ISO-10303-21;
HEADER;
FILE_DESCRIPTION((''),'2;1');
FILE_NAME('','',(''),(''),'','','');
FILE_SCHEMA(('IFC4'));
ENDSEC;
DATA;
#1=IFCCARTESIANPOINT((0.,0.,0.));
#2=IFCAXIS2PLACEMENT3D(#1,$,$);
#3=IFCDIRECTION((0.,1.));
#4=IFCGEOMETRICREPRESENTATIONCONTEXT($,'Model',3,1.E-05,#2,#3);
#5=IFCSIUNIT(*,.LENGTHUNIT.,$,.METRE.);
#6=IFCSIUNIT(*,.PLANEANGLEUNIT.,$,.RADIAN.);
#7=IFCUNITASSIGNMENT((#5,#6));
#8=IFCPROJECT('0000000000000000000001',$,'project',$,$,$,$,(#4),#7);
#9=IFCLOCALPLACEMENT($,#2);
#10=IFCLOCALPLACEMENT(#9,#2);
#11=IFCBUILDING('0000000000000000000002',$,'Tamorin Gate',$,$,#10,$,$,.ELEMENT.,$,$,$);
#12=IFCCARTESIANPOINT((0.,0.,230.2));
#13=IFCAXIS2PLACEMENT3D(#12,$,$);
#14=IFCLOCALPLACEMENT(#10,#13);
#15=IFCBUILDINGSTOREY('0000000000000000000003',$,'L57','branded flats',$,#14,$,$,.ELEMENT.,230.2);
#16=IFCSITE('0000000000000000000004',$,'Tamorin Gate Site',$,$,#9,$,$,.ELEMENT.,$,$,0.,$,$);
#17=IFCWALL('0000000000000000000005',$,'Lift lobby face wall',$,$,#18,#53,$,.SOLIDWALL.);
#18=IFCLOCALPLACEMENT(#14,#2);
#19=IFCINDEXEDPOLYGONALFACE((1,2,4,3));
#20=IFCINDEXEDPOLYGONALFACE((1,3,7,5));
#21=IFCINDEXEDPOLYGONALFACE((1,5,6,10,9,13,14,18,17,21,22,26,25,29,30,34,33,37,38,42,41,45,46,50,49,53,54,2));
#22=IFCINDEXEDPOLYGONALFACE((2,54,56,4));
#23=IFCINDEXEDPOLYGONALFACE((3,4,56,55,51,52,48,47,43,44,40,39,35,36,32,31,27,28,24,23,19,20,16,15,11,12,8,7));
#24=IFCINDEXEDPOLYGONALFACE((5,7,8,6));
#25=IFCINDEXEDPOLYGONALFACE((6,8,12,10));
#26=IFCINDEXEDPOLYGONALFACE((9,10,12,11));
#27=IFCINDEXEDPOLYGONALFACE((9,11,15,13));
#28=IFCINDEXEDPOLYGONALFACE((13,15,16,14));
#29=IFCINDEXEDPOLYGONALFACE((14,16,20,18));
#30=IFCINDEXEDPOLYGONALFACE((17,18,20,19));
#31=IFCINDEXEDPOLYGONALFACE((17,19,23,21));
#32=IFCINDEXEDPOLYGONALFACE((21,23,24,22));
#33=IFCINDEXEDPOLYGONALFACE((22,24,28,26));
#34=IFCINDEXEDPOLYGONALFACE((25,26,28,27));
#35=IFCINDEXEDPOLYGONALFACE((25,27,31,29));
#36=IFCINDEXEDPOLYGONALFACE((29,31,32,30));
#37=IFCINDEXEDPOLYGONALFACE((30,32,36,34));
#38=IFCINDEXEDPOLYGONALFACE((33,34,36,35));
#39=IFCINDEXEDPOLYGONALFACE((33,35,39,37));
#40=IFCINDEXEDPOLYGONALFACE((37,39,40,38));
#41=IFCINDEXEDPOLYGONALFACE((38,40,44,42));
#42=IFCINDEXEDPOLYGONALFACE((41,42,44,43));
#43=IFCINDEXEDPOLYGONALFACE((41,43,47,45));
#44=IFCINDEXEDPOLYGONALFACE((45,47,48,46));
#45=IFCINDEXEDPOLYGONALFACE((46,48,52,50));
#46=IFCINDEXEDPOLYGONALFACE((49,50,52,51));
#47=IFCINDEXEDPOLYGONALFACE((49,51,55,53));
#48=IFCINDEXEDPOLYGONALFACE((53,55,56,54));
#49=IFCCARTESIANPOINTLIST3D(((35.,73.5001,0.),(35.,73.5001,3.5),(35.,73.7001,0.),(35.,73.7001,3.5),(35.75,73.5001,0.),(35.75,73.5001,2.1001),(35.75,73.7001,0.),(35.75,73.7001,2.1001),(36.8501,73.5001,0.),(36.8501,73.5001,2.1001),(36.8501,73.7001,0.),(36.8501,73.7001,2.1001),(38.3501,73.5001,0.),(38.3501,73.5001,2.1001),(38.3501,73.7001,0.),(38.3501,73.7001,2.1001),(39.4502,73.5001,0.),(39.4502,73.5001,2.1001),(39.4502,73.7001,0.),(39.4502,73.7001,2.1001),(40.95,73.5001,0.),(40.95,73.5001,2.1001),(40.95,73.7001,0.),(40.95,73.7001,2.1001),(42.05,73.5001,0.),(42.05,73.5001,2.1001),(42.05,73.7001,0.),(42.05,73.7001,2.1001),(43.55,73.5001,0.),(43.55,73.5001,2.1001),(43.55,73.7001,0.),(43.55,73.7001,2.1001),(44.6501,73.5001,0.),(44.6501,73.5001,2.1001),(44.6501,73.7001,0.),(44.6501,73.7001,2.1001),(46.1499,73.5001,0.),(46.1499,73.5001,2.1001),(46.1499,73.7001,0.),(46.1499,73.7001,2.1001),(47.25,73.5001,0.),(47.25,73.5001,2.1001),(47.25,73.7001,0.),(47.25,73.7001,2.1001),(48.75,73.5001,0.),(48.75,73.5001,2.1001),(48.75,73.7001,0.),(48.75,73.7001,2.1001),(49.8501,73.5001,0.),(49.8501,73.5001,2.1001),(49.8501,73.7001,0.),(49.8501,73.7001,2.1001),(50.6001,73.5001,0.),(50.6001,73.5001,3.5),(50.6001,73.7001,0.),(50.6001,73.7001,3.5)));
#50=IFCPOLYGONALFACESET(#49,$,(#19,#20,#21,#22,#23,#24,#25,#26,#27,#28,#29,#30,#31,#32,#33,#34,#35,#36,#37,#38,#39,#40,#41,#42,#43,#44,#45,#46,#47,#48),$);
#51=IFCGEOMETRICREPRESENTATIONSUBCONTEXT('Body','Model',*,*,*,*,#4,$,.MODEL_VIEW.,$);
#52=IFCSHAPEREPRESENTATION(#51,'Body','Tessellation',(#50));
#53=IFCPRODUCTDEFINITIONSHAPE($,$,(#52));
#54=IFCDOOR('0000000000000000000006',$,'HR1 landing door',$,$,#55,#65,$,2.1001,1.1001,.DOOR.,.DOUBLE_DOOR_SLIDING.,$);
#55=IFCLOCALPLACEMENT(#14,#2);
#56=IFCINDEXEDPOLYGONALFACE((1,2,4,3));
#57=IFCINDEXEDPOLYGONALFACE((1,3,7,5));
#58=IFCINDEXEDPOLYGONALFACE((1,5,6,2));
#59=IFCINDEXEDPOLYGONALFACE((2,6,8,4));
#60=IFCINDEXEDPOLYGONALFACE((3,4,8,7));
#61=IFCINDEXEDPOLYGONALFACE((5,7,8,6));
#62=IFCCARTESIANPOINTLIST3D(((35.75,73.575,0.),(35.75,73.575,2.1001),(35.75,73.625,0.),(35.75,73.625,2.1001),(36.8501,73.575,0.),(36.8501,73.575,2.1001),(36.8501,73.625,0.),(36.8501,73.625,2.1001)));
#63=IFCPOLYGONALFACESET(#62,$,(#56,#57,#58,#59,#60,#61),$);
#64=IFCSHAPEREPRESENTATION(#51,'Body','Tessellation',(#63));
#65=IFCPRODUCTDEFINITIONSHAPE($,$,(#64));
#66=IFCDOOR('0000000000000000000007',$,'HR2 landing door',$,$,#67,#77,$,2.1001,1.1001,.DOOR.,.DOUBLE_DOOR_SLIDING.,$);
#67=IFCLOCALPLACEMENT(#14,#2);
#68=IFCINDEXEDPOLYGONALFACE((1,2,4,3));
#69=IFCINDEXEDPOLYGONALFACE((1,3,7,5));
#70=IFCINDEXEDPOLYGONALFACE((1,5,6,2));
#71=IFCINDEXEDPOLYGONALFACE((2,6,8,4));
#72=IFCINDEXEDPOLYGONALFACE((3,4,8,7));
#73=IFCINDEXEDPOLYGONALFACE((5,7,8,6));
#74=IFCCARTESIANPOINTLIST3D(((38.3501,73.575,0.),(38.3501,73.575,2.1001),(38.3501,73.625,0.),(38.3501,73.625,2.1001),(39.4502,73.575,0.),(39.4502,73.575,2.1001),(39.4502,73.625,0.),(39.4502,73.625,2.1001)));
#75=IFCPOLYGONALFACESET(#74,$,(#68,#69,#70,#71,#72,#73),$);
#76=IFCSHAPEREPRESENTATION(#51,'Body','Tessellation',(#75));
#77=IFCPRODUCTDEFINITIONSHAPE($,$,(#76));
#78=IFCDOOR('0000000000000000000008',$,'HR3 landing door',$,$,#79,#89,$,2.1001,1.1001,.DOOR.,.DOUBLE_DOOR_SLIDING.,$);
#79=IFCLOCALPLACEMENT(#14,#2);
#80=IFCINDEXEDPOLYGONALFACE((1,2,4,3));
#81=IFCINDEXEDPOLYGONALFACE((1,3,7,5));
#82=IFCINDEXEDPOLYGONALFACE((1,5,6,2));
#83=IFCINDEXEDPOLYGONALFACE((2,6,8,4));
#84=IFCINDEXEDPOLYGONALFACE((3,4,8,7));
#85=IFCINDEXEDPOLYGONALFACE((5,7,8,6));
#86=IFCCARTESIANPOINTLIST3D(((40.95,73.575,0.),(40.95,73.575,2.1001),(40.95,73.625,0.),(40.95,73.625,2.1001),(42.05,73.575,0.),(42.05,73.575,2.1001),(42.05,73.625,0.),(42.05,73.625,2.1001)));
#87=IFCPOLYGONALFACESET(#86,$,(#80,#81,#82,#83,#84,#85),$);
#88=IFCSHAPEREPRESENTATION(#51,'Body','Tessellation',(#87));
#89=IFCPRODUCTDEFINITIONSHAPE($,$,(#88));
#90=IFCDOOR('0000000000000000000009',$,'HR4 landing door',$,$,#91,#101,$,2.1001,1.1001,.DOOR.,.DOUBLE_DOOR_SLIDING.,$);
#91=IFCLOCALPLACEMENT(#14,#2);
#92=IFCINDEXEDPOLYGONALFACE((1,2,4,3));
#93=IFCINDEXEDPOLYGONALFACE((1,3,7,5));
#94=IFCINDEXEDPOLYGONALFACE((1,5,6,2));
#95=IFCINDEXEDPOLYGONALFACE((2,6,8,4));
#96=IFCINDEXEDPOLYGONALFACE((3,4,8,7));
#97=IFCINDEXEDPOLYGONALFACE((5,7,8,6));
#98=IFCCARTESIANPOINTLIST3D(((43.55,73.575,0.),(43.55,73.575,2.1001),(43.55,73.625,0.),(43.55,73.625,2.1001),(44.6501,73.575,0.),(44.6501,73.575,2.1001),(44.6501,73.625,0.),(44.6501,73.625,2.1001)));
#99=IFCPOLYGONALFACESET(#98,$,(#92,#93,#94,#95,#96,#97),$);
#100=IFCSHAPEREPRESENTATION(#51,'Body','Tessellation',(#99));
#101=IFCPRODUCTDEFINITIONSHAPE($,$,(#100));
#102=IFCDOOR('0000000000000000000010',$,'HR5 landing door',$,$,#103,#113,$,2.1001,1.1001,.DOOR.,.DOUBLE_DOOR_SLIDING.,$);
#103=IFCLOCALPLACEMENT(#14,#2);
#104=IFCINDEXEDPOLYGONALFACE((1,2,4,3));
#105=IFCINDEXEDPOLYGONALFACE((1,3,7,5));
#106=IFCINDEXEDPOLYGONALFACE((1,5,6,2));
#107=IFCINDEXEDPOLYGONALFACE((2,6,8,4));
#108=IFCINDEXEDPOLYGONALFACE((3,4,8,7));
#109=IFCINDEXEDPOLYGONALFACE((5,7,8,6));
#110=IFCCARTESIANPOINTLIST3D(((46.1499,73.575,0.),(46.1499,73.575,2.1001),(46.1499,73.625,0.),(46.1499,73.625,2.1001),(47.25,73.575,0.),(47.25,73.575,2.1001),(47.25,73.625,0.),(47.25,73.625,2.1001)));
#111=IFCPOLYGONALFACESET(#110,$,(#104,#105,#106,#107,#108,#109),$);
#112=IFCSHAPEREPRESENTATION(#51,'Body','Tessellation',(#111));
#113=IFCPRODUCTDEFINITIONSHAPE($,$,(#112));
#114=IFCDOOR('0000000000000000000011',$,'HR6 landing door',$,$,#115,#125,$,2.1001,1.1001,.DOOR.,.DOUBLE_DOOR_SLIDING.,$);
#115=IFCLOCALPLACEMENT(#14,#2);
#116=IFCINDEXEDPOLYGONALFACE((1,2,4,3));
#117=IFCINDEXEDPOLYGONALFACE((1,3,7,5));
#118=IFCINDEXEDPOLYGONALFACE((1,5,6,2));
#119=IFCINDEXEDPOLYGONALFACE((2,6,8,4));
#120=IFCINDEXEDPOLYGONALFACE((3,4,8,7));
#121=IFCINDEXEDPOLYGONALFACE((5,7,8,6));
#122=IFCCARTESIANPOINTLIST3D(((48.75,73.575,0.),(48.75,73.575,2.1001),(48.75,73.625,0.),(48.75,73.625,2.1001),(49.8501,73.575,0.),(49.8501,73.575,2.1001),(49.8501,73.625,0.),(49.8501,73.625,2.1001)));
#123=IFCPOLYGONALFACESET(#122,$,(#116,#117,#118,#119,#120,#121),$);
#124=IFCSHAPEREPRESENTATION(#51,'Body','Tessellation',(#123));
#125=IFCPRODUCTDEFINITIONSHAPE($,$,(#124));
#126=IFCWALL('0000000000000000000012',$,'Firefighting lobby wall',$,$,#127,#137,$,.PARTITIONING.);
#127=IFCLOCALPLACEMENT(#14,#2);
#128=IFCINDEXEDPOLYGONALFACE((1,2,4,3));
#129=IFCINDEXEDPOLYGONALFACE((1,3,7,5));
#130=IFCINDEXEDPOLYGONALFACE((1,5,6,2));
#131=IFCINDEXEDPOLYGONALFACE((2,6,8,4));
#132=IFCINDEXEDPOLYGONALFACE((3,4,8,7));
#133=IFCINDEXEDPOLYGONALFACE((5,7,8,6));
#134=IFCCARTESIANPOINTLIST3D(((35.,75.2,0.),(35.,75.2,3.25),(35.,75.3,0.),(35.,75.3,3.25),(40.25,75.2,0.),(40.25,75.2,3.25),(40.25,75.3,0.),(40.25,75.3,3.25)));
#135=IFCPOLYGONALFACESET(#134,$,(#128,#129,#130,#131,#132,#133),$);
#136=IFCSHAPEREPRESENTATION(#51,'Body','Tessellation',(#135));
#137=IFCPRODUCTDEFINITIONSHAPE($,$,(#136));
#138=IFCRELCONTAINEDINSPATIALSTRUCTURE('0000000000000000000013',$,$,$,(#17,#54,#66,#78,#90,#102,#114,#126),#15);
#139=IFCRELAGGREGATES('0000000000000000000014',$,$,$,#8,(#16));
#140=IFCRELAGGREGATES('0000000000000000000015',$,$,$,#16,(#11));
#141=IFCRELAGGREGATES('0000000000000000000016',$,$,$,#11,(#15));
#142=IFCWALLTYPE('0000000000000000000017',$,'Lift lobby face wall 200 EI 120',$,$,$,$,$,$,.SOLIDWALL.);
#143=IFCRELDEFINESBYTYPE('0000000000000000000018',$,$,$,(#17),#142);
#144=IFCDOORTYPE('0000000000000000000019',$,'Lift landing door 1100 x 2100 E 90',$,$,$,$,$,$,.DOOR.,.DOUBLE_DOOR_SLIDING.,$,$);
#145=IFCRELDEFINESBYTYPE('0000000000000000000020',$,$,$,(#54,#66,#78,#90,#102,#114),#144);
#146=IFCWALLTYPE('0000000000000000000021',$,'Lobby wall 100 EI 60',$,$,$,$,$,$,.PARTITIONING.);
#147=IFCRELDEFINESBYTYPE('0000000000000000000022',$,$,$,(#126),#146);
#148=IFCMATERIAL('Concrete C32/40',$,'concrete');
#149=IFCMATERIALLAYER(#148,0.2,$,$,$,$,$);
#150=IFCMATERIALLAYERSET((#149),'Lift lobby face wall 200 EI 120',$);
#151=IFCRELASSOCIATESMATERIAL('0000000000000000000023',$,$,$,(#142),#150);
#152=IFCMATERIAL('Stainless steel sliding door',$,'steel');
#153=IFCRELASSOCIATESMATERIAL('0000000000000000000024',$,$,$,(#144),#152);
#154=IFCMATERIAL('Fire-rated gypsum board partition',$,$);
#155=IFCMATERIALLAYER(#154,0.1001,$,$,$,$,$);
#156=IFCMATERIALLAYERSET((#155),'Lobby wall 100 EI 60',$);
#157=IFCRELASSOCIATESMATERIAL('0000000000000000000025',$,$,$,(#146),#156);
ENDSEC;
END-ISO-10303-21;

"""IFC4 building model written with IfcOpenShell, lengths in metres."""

from ifc_helpers import new_model, si_unit, direction, frame, frame_2d, origin, place, context, subcontext, project, spatial, rectangle, extrude, material, layer, layer_set, type_object, element, fill, save


model = new_model("IFC4")

# Units and contexts
model_context = context("Model", 3, precision=1e-05, world=origin(), true_north=direction((0.0, 1.0)))
body_context = subcontext(model_context, "Body", "Model", "MODEL_VIEW")
ifc_project = project(units=[si_unit("LENGTHUNIT", "METRE"), si_unit("PLANEANGLEUNIT", "RADIAN")], contexts=[model_context])

# Site, building, storey
site_placement = place(None, origin())
site = spatial("IfcSite", under=ifc_project, at=site_placement, Name="Tamorin Gate Site", CompositionType="ELEMENT", RefElevation=0.0)
building_placement = place(site_placement, origin())
building = spatial("IfcBuilding", under=site, at=building_placement, Name="Tamorin Gate", CompositionType="ELEMENT")
storey_placement = place(building_placement, frame((0.0, 0.0, 230.2)))
storey = spatial("IfcBuildingStorey", under=building, at=storey_placement, Name="L57", Description="branded flats", CompositionType="ELEMENT", Elevation=230.2)

# Wall, openings, doors
ifc_material_1 = material(Name="Concrete C32/40", Category="concrete")
ifc_layer_1 = layer(ifc_material_1, 0.2)
ifc_layer_set_1 = layer_set([ifc_layer_1], Name="Lift lobby face wall 200 EI 120")
wall_type_1 = type_object("IfcWallType", Name="Lift lobby face wall 200 EI 120", PredefinedType="SOLIDWALL", material=ifc_layer_set_1)
wall_1_placement = place(storey_placement, frame((35.0, 73.6001, 0.0), z_axis=(0.0, 0.0, 1.0), x_axis=(1.0, 0.0, 0.0)))
wall_1 = element("IfcWall", 1, at=wall_1_placement, inside=storey, type_object=wall_type_1, Name="Lift lobby face wall", PredefinedType="SOLIDWALL", context=body_context, shape_type="SweptSolid", body=[
    extrude(rectangle(XDim=15.6001, YDim=0.2, at=frame_2d((7.8, 0.0))), origin(), (0.0, 0.0, 1.0), 3.5),
])
opening_1_placement = place(wall_1_placement, frame((0.75, 0.0, 0.0)))
opening_1 = element("IfcOpeningElement", 2, at=opening_1_placement, cuts=wall_1, PredefinedType="OPENING", context=body_context, shape_type="SweptSolid", body=[
    extrude(rectangle(XDim=1.1001, YDim=2.1001, at=frame_2d((0.55, 1.05))), frame((0.0, 0.1099, 0.0), z_axis=(0.0, -1.0, 0.0), x_axis=(1.0, 0.0, 0.0)), (0.0, 0.0, 1.0), 0.22),
])
opening_2_placement = place(wall_1_placement, frame((3.3501, 0.0, 0.0)))
opening_2 = element("IfcOpeningElement", 3, at=opening_2_placement, cuts=wall_1, PredefinedType="OPENING", context=body_context, shape_type="SweptSolid", body=[
    extrude(rectangle(XDim=1.1001, YDim=2.1001, at=frame_2d((0.55, 1.05))), frame((0.0, 0.1099, 0.0), z_axis=(0.0, -1.0, 0.0), x_axis=(1.0, 0.0, 0.0)), (0.0, 0.0, 1.0), 0.22),
])
opening_3_placement = place(wall_1_placement, frame((5.95, 0.0, 0.0)))
opening_3 = element("IfcOpeningElement", 4, at=opening_3_placement, cuts=wall_1, PredefinedType="OPENING", context=body_context, shape_type="SweptSolid", body=[
    extrude(rectangle(XDim=1.1001, YDim=2.1001, at=frame_2d((0.55, 1.05))), frame((0.0, 0.1099, 0.0), z_axis=(0.0, -1.0, 0.0), x_axis=(1.0, 0.0, 0.0)), (0.0, 0.0, 1.0), 0.22),
])
opening_4_placement = place(wall_1_placement, frame((8.55, 0.0, 0.0)))
opening_4 = element("IfcOpeningElement", 5, at=opening_4_placement, cuts=wall_1, PredefinedType="OPENING", context=body_context, shape_type="SweptSolid", body=[
    extrude(rectangle(XDim=1.1001, YDim=2.1001, at=frame_2d((0.55, 1.05))), frame((0.0, 0.1099, 0.0), z_axis=(0.0, -1.0, 0.0), x_axis=(1.0, 0.0, 0.0)), (0.0, 0.0, 1.0), 0.22),
])
opening_5_placement = place(wall_1_placement, frame((11.1499, 0.0, 0.0)))
opening_5 = element("IfcOpeningElement", 6, at=opening_5_placement, cuts=wall_1, PredefinedType="OPENING", context=body_context, shape_type="SweptSolid", body=[
    extrude(rectangle(XDim=1.1001, YDim=2.1001, at=frame_2d((0.55, 1.05))), frame((0.0, 0.1099, 0.0), z_axis=(0.0, -1.0, 0.0), x_axis=(1.0, 0.0, 0.0)), (0.0, 0.0, 1.0), 0.22),
])
opening_6_placement = place(wall_1_placement, frame((13.75, 0.0, 0.0)))
opening_6 = element("IfcOpeningElement", 7, at=opening_6_placement, cuts=wall_1, PredefinedType="OPENING", context=body_context, shape_type="SweptSolid", body=[
    extrude(rectangle(XDim=1.1001, YDim=2.1001, at=frame_2d((0.55, 1.05))), frame((0.0, 0.1099, 0.0), z_axis=(0.0, -1.0, 0.0), x_axis=(1.0, 0.0, 0.0)), (0.0, 0.0, 1.0), 0.22),
])
ifc_material_2 = material(Name="Stainless steel sliding door", Category="steel")
door_type_1 = type_object("IfcDoorType", Name="Lift landing door 1100 x 2100 E 90", OperationType="DOUBLE_DOOR_SLIDING", PredefinedType="DOOR", material=ifc_material_2)
door_1_placement = place(opening_1_placement, origin())
door_1 = element("IfcDoor", 8, at=door_1_placement, inside=storey, type_object=door_type_1, Name="HR1 landing door", OperationType="DOUBLE_DOOR_SLIDING", OverallHeight=2.1001, OverallWidth=1.1001, PredefinedType="DOOR", context=body_context, shape_type="SweptSolid", body=[
    extrude(rectangle(XDim=1.1001, YDim=2.1001, at=frame_2d((0.55, 1.05))), frame((0.0, 0.0249, 0.0), z_axis=(0.0, -1.0, 0.0), x_axis=(1.0, 0.0, 0.0)), (0.0, 0.0, 1.0), 0.05),
])
fill(opening_1, door_1)
door_2_placement = place(opening_2_placement, origin())
door_2 = element("IfcDoor", 9, at=door_2_placement, inside=storey, type_object=door_type_1, Name="HR2 landing door", OperationType="DOUBLE_DOOR_SLIDING", OverallHeight=2.1001, OverallWidth=1.1001, PredefinedType="DOOR", context=body_context, shape_type="SweptSolid", body=[
    extrude(rectangle(XDim=1.1001, YDim=2.1001, at=frame_2d((0.55, 1.05))), frame((0.0, 0.0249, 0.0), z_axis=(0.0, -1.0, 0.0), x_axis=(1.0, 0.0, 0.0)), (0.0, 0.0, 1.0), 0.05),
])
fill(opening_2, door_2)
door_3_placement = place(opening_3_placement, origin())
door_3 = element("IfcDoor", 10, at=door_3_placement, inside=storey, type_object=door_type_1, Name="HR3 landing door", OperationType="DOUBLE_DOOR_SLIDING", OverallHeight=2.1001, OverallWidth=1.1001, PredefinedType="DOOR", context=body_context, shape_type="SweptSolid", body=[
    extrude(rectangle(XDim=1.1001, YDim=2.1001, at=frame_2d((0.55, 1.05))), frame((0.0, 0.0249, 0.0), z_axis=(0.0, -1.0, 0.0), x_axis=(1.0, 0.0, 0.0)), (0.0, 0.0, 1.0), 0.05),
])
fill(opening_3, door_3)
door_4_placement = place(opening_4_placement, origin())
door_4 = element("IfcDoor", 11, at=door_4_placement, inside=storey, type_object=door_type_1, Name="HR4 landing door", OperationType="DOUBLE_DOOR_SLIDING", OverallHeight=2.1001, OverallWidth=1.1001, PredefinedType="DOOR", context=body_context, shape_type="SweptSolid", body=[
    extrude(rectangle(XDim=1.1001, YDim=2.1001, at=frame_2d((0.55, 1.05))), frame((0.0, 0.0249, 0.0), z_axis=(0.0, -1.0, 0.0), x_axis=(1.0, 0.0, 0.0)), (0.0, 0.0, 1.0), 0.05),
])
fill(opening_4, door_4)
door_5_placement = place(opening_5_placement, origin())
door_5 = element("IfcDoor", 12, at=door_5_placement, inside=storey, type_object=door_type_1, Name="HR5 landing door", OperationType="DOUBLE_DOOR_SLIDING", OverallHeight=2.1001, OverallWidth=1.1001, PredefinedType="DOOR", context=body_context, shape_type="SweptSolid", body=[
    extrude(rectangle(XDim=1.1001, YDim=2.1001, at=frame_2d((0.55, 1.05))), frame((0.0, 0.0249, 0.0), z_axis=(0.0, -1.0, 0.0), x_axis=(1.0, 0.0, 0.0)), (0.0, 0.0, 1.0), 0.05),
])
fill(opening_5, door_5)
door_6_placement = place(opening_6_placement, origin())
door_6 = element("IfcDoor", 13, at=door_6_placement, inside=storey, type_object=door_type_1, Name="HR6 landing door", OperationType="DOUBLE_DOOR_SLIDING", OverallHeight=2.1001, OverallWidth=1.1001, PredefinedType="DOOR", context=body_context, shape_type="SweptSolid", body=[
    extrude(rectangle(XDim=1.1001, YDim=2.1001, at=frame_2d((0.55, 1.05))), frame((0.0, 0.0249, 0.0), z_axis=(0.0, -1.0, 0.0), x_axis=(1.0, 0.0, 0.0)), (0.0, 0.0, 1.0), 0.05),
])
fill(opening_6, door_6)

# Wall
ifc_material_3 = material(Name="Fire-rated gypsum board partition")
ifc_layer_2 = layer(ifc_material_3, 0.1001)
ifc_layer_set_2 = layer_set([ifc_layer_2], Name="Lobby wall 100 EI 60")
wall_type_2 = type_object("IfcWallType", Name="Lobby wall 100 EI 60", PredefinedType="PARTITIONING", material=ifc_layer_set_2)
wall_2_placement = place(storey_placement, frame((35.0, 75.25, 0.0), z_axis=(0.0, 0.0, 1.0), x_axis=(1.0, 0.0, 0.0)))
element("IfcWall", 14, at=wall_2_placement, inside=storey, type_object=wall_type_2, Name="Firefighting lobby wall", PredefinedType="PARTITIONING", context=body_context, shape_type="SweptSolid", body=[
    extrude(rectangle(XDim=5.25, YDim=0.1001, at=frame_2d((2.625, 0.0))), origin(), (0.0, 0.0, 1.0), 3.25),
])

save(model, "model.ifc")
